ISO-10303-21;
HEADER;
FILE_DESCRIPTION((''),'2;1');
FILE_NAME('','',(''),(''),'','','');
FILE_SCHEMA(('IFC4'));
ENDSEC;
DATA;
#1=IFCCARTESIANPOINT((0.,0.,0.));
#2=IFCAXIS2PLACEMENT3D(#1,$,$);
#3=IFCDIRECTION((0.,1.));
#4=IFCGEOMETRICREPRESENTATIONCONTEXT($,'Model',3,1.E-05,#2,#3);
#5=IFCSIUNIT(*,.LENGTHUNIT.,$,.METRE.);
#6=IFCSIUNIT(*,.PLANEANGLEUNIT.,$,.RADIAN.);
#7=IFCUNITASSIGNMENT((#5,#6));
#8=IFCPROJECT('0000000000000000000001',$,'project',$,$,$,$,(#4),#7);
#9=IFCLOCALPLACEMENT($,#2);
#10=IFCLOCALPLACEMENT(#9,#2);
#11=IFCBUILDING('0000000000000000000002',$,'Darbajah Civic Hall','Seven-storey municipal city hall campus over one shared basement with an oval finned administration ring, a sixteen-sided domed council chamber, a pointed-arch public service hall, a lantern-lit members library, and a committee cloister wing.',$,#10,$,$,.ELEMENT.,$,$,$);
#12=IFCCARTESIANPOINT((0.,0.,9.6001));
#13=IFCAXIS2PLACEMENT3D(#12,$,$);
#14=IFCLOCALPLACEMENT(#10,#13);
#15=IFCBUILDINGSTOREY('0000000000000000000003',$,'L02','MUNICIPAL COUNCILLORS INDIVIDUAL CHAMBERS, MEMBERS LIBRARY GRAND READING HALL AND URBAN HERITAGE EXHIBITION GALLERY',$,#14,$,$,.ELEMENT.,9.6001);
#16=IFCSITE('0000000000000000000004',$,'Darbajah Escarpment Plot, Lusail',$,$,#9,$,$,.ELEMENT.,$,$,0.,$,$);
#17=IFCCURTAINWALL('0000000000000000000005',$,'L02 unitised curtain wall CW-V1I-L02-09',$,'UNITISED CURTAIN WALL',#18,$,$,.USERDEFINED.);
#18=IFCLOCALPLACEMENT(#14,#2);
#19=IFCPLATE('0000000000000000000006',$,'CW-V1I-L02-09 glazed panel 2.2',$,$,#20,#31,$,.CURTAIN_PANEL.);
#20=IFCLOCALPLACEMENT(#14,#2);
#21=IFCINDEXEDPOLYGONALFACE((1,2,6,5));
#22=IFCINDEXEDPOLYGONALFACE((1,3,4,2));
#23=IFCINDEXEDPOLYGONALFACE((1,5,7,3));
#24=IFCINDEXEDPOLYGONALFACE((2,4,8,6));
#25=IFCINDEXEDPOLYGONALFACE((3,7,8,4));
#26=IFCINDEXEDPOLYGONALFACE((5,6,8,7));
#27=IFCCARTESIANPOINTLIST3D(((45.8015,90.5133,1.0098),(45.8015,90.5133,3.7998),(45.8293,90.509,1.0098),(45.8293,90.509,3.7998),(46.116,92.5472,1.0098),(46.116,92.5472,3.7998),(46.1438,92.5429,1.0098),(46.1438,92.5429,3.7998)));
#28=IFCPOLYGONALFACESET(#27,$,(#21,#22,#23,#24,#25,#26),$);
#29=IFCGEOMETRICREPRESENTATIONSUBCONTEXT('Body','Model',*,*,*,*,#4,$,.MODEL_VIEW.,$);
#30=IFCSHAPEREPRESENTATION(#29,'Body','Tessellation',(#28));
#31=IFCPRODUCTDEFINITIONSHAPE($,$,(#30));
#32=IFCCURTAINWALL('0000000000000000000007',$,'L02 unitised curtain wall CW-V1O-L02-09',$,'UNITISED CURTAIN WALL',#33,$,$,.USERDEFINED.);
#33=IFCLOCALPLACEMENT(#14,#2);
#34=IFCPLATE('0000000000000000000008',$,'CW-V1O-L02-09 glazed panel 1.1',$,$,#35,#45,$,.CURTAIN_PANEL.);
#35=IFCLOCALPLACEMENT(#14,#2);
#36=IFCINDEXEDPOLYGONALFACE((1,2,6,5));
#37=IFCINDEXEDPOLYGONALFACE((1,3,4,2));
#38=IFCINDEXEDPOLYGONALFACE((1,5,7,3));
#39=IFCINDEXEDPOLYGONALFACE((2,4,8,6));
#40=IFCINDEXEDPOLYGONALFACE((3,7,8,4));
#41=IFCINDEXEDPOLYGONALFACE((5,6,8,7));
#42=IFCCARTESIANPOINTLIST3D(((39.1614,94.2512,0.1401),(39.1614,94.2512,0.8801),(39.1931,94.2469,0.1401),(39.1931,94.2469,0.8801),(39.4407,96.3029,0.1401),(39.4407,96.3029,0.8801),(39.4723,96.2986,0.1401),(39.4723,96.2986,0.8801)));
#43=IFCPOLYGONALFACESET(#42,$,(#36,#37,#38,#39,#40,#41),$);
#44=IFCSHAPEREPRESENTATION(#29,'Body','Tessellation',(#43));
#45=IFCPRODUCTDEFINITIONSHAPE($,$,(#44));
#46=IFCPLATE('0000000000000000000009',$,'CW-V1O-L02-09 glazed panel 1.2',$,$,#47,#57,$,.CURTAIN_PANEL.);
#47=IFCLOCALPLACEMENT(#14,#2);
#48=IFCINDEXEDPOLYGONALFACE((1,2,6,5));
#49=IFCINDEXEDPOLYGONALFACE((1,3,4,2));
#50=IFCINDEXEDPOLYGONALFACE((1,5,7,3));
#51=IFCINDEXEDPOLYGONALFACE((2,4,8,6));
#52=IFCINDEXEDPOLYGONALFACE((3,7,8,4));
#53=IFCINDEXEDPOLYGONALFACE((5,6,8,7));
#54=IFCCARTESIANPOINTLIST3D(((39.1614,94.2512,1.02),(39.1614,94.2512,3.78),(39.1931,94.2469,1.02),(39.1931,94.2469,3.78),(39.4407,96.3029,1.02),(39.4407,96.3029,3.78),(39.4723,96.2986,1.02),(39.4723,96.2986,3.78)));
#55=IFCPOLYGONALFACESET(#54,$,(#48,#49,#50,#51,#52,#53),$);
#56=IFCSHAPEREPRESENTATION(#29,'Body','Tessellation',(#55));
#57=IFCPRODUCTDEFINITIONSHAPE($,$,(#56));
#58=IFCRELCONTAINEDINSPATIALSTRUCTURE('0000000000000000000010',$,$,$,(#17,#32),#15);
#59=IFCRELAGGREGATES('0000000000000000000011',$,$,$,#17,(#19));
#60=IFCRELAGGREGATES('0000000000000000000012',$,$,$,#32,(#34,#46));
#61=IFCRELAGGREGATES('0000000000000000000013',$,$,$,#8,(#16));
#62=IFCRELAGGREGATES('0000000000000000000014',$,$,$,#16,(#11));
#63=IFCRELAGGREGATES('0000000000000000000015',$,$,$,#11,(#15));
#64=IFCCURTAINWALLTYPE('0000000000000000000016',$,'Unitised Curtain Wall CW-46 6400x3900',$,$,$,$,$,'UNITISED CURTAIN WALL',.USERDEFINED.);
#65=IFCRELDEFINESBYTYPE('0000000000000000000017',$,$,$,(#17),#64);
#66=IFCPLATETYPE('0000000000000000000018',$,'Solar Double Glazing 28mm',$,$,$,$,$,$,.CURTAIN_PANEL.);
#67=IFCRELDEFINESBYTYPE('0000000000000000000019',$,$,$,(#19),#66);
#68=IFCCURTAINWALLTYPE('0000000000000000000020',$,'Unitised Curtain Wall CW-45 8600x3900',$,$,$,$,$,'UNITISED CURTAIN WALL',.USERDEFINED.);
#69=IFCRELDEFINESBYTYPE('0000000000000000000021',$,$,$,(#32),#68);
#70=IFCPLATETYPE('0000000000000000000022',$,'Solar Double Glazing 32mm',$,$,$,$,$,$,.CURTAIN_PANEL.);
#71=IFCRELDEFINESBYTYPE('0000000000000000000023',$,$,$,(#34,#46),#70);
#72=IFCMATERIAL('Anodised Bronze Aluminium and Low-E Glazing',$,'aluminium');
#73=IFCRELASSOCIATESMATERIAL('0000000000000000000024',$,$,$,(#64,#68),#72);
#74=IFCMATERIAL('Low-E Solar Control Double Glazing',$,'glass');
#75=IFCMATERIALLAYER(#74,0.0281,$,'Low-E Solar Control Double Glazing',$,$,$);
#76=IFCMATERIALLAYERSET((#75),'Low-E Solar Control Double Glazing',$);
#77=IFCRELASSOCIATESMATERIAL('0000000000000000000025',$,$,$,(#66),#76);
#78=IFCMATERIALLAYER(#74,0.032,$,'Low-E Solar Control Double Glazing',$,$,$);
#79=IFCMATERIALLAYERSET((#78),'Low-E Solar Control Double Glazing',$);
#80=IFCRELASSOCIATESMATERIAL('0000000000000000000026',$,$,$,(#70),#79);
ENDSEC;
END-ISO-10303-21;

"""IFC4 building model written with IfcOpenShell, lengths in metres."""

from ifc_helpers import new_model, si_unit, direction, frame, origin, origin_2d, place, context, subcontext, project, spatial, rectangle, extrude, material, layer, layer_set, type_object, element, aggregate, save


model = new_model("IFC4")

# Units and contexts
model_context = context("Model", 3, precision=1e-05, world=origin(), true_north=direction((0.0, 1.0)))
body_context = subcontext(model_context, "Body", "Model", "MODEL_VIEW")
ifc_project = project(units=[si_unit("LENGTHUNIT", "METRE"), si_unit("PLANEANGLEUNIT", "RADIAN")], contexts=[model_context])

# Site, building, storey
site_placement = place(None, origin())
site = spatial("IfcSite", under=ifc_project, at=site_placement, Name="Darbajah Escarpment Plot, Lusail", CompositionType="ELEMENT", RefElevation=0.0)
building_placement = place(site_placement, origin())
building = spatial("IfcBuilding", under=site, at=building_placement, Name="Darbajah Civic Hall", Description="Seven-storey municipal city hall campus over one shared basement with an oval finned administration ring, a sixteen-sided domed council chamber, a pointed-arch public service hall, a lantern-lit members library, and a committee cloister wing.", CompositionType="ELEMENT")
storey_placement = place(building_placement, frame((0.0, 0.0, 9.6001)))
storey = spatial("IfcBuildingStorey", under=building, at=storey_placement, Name="L02", Description="MUNICIPAL COUNCILLORS INDIVIDUAL CHAMBERS, MEMBERS LIBRARY GRAND READING HALL AND URBAN HERITAGE EXHIBITION GALLERY", CompositionType="ELEMENT", Elevation=9.6001)

# Curtain wall
ifc_material_1 = material(Name="Anodised Bronze Aluminium and Low-E Glazing", Category="aluminium")
curtain_wall_type_1 = type_object("IfcCurtainWallType", Name="Unitised Curtain Wall CW-46 6400x3900", ElementType="UNITISED CURTAIN WALL", PredefinedType="USERDEFINED", material=ifc_material_1)
curtain_wall_1_placement = place(storey_placement, origin())
curtain_wall_1 = element("IfcCurtainWall", 1, at=curtain_wall_1_placement, inside=storey, type_object=curtain_wall_type_1, Name="L02 unitised curtain wall CW-V1I-L02-09", ObjectType="UNITISED CURTAIN WALL", PredefinedType="USERDEFINED")

# Plate
ifc_material_2 = material(Name="Low-E Solar Control Double Glazing", Category="glass")
ifc_layer_1 = layer(ifc_material_2, 0.0281, Name="Low-E Solar Control Double Glazing")
ifc_layer_set_1 = layer_set([ifc_layer_1], Name="Low-E Solar Control Double Glazing")
plate_type_1 = type_object("IfcPlateType", Name="Solar Double Glazing 28mm", PredefinedType="CURTAIN_PANEL", material=ifc_layer_set_1)
plate_1_placement = place(storey_placement, frame((45.9727, 91.5281, 1.0098), z_axis=(0.0, 0.0, 1.0), x_axis=(-0.152813, -0.988255, 0.0)))
plate_1 = element("IfcPlate", 2, at=plate_1_placement, type_object=plate_type_1, Name="CW-V1I-L02-09 glazed panel 2.2", PredefinedType="CURTAIN_PANEL", context=body_context, shape_type="SweptSolid", body=[
    extrude(rectangle(XDim=2.0581, YDim=0.0281, at=origin_2d()), origin(), (0.0, 0.0, 1.0), 2.79),
])
aggregate(curtain_wall_1, [plate_1])

# Curtain wall, plates
curtain_wall_type_2 = type_object("IfcCurtainWallType", Name="Unitised Curtain Wall CW-45 8600x3900", ElementType="UNITISED CURTAIN WALL", PredefinedType="USERDEFINED", material=ifc_material_1)
curtain_wall_2_placement = place(storey_placement, origin())
curtain_wall_2 = element("IfcCurtainWall", 3, at=curtain_wall_2_placement, inside=storey, type_object=curtain_wall_type_2, Name="L02 unitised curtain wall CW-V1O-L02-09", ObjectType="UNITISED CURTAIN WALL", PredefinedType="USERDEFINED")
ifc_layer_2 = layer(ifc_material_2, 0.032, Name="Low-E Solar Control Double Glazing")
ifc_layer_set_2 = layer_set([ifc_layer_2], Name="Low-E Solar Control Double Glazing")
plate_type_2 = type_object("IfcPlateType", Name="Solar Double Glazing 32mm", PredefinedType="CURTAIN_PANEL", material=ifc_layer_set_2)
plate_2_placement = place(storey_placement, frame((39.3169, 95.2749, 0.1401), z_axis=(0.0, 0.0, 1.0), x_axis=(-0.134851, -0.990866, 0.0)))
plate_2 = element("IfcPlate", 4, at=plate_2_placement, type_object=plate_type_2, Name="CW-V1O-L02-09 glazed panel 1.1", PredefinedType="CURTAIN_PANEL", context=body_context, shape_type="SweptSolid", body=[
    extrude(rectangle(XDim=2.0706, YDim=0.032, at=origin_2d()), origin(), (0.0, 0.0, 1.0), 0.74),
])
plate_3_placement = place(storey_placement, frame((39.3169, 95.2749, 1.02), z_axis=(0.0, 0.0, 1.0), x_axis=(-0.134851, -0.990866, 0.0)))
plate_3 = element("IfcPlate", 5, at=plate_3_placement, type_object=plate_type_2, Name="CW-V1O-L02-09 glazed panel 1.2", PredefinedType="CURTAIN_PANEL", context=body_context, shape_type="SweptSolid", body=[
    extrude(rectangle(XDim=2.0706, YDim=0.032, at=origin_2d()), origin(), (0.0, 0.0, 1.0), 2.76),
])
aggregate(curtain_wall_2, [plate_2, plate_3])

save(model, "model.ifc")
